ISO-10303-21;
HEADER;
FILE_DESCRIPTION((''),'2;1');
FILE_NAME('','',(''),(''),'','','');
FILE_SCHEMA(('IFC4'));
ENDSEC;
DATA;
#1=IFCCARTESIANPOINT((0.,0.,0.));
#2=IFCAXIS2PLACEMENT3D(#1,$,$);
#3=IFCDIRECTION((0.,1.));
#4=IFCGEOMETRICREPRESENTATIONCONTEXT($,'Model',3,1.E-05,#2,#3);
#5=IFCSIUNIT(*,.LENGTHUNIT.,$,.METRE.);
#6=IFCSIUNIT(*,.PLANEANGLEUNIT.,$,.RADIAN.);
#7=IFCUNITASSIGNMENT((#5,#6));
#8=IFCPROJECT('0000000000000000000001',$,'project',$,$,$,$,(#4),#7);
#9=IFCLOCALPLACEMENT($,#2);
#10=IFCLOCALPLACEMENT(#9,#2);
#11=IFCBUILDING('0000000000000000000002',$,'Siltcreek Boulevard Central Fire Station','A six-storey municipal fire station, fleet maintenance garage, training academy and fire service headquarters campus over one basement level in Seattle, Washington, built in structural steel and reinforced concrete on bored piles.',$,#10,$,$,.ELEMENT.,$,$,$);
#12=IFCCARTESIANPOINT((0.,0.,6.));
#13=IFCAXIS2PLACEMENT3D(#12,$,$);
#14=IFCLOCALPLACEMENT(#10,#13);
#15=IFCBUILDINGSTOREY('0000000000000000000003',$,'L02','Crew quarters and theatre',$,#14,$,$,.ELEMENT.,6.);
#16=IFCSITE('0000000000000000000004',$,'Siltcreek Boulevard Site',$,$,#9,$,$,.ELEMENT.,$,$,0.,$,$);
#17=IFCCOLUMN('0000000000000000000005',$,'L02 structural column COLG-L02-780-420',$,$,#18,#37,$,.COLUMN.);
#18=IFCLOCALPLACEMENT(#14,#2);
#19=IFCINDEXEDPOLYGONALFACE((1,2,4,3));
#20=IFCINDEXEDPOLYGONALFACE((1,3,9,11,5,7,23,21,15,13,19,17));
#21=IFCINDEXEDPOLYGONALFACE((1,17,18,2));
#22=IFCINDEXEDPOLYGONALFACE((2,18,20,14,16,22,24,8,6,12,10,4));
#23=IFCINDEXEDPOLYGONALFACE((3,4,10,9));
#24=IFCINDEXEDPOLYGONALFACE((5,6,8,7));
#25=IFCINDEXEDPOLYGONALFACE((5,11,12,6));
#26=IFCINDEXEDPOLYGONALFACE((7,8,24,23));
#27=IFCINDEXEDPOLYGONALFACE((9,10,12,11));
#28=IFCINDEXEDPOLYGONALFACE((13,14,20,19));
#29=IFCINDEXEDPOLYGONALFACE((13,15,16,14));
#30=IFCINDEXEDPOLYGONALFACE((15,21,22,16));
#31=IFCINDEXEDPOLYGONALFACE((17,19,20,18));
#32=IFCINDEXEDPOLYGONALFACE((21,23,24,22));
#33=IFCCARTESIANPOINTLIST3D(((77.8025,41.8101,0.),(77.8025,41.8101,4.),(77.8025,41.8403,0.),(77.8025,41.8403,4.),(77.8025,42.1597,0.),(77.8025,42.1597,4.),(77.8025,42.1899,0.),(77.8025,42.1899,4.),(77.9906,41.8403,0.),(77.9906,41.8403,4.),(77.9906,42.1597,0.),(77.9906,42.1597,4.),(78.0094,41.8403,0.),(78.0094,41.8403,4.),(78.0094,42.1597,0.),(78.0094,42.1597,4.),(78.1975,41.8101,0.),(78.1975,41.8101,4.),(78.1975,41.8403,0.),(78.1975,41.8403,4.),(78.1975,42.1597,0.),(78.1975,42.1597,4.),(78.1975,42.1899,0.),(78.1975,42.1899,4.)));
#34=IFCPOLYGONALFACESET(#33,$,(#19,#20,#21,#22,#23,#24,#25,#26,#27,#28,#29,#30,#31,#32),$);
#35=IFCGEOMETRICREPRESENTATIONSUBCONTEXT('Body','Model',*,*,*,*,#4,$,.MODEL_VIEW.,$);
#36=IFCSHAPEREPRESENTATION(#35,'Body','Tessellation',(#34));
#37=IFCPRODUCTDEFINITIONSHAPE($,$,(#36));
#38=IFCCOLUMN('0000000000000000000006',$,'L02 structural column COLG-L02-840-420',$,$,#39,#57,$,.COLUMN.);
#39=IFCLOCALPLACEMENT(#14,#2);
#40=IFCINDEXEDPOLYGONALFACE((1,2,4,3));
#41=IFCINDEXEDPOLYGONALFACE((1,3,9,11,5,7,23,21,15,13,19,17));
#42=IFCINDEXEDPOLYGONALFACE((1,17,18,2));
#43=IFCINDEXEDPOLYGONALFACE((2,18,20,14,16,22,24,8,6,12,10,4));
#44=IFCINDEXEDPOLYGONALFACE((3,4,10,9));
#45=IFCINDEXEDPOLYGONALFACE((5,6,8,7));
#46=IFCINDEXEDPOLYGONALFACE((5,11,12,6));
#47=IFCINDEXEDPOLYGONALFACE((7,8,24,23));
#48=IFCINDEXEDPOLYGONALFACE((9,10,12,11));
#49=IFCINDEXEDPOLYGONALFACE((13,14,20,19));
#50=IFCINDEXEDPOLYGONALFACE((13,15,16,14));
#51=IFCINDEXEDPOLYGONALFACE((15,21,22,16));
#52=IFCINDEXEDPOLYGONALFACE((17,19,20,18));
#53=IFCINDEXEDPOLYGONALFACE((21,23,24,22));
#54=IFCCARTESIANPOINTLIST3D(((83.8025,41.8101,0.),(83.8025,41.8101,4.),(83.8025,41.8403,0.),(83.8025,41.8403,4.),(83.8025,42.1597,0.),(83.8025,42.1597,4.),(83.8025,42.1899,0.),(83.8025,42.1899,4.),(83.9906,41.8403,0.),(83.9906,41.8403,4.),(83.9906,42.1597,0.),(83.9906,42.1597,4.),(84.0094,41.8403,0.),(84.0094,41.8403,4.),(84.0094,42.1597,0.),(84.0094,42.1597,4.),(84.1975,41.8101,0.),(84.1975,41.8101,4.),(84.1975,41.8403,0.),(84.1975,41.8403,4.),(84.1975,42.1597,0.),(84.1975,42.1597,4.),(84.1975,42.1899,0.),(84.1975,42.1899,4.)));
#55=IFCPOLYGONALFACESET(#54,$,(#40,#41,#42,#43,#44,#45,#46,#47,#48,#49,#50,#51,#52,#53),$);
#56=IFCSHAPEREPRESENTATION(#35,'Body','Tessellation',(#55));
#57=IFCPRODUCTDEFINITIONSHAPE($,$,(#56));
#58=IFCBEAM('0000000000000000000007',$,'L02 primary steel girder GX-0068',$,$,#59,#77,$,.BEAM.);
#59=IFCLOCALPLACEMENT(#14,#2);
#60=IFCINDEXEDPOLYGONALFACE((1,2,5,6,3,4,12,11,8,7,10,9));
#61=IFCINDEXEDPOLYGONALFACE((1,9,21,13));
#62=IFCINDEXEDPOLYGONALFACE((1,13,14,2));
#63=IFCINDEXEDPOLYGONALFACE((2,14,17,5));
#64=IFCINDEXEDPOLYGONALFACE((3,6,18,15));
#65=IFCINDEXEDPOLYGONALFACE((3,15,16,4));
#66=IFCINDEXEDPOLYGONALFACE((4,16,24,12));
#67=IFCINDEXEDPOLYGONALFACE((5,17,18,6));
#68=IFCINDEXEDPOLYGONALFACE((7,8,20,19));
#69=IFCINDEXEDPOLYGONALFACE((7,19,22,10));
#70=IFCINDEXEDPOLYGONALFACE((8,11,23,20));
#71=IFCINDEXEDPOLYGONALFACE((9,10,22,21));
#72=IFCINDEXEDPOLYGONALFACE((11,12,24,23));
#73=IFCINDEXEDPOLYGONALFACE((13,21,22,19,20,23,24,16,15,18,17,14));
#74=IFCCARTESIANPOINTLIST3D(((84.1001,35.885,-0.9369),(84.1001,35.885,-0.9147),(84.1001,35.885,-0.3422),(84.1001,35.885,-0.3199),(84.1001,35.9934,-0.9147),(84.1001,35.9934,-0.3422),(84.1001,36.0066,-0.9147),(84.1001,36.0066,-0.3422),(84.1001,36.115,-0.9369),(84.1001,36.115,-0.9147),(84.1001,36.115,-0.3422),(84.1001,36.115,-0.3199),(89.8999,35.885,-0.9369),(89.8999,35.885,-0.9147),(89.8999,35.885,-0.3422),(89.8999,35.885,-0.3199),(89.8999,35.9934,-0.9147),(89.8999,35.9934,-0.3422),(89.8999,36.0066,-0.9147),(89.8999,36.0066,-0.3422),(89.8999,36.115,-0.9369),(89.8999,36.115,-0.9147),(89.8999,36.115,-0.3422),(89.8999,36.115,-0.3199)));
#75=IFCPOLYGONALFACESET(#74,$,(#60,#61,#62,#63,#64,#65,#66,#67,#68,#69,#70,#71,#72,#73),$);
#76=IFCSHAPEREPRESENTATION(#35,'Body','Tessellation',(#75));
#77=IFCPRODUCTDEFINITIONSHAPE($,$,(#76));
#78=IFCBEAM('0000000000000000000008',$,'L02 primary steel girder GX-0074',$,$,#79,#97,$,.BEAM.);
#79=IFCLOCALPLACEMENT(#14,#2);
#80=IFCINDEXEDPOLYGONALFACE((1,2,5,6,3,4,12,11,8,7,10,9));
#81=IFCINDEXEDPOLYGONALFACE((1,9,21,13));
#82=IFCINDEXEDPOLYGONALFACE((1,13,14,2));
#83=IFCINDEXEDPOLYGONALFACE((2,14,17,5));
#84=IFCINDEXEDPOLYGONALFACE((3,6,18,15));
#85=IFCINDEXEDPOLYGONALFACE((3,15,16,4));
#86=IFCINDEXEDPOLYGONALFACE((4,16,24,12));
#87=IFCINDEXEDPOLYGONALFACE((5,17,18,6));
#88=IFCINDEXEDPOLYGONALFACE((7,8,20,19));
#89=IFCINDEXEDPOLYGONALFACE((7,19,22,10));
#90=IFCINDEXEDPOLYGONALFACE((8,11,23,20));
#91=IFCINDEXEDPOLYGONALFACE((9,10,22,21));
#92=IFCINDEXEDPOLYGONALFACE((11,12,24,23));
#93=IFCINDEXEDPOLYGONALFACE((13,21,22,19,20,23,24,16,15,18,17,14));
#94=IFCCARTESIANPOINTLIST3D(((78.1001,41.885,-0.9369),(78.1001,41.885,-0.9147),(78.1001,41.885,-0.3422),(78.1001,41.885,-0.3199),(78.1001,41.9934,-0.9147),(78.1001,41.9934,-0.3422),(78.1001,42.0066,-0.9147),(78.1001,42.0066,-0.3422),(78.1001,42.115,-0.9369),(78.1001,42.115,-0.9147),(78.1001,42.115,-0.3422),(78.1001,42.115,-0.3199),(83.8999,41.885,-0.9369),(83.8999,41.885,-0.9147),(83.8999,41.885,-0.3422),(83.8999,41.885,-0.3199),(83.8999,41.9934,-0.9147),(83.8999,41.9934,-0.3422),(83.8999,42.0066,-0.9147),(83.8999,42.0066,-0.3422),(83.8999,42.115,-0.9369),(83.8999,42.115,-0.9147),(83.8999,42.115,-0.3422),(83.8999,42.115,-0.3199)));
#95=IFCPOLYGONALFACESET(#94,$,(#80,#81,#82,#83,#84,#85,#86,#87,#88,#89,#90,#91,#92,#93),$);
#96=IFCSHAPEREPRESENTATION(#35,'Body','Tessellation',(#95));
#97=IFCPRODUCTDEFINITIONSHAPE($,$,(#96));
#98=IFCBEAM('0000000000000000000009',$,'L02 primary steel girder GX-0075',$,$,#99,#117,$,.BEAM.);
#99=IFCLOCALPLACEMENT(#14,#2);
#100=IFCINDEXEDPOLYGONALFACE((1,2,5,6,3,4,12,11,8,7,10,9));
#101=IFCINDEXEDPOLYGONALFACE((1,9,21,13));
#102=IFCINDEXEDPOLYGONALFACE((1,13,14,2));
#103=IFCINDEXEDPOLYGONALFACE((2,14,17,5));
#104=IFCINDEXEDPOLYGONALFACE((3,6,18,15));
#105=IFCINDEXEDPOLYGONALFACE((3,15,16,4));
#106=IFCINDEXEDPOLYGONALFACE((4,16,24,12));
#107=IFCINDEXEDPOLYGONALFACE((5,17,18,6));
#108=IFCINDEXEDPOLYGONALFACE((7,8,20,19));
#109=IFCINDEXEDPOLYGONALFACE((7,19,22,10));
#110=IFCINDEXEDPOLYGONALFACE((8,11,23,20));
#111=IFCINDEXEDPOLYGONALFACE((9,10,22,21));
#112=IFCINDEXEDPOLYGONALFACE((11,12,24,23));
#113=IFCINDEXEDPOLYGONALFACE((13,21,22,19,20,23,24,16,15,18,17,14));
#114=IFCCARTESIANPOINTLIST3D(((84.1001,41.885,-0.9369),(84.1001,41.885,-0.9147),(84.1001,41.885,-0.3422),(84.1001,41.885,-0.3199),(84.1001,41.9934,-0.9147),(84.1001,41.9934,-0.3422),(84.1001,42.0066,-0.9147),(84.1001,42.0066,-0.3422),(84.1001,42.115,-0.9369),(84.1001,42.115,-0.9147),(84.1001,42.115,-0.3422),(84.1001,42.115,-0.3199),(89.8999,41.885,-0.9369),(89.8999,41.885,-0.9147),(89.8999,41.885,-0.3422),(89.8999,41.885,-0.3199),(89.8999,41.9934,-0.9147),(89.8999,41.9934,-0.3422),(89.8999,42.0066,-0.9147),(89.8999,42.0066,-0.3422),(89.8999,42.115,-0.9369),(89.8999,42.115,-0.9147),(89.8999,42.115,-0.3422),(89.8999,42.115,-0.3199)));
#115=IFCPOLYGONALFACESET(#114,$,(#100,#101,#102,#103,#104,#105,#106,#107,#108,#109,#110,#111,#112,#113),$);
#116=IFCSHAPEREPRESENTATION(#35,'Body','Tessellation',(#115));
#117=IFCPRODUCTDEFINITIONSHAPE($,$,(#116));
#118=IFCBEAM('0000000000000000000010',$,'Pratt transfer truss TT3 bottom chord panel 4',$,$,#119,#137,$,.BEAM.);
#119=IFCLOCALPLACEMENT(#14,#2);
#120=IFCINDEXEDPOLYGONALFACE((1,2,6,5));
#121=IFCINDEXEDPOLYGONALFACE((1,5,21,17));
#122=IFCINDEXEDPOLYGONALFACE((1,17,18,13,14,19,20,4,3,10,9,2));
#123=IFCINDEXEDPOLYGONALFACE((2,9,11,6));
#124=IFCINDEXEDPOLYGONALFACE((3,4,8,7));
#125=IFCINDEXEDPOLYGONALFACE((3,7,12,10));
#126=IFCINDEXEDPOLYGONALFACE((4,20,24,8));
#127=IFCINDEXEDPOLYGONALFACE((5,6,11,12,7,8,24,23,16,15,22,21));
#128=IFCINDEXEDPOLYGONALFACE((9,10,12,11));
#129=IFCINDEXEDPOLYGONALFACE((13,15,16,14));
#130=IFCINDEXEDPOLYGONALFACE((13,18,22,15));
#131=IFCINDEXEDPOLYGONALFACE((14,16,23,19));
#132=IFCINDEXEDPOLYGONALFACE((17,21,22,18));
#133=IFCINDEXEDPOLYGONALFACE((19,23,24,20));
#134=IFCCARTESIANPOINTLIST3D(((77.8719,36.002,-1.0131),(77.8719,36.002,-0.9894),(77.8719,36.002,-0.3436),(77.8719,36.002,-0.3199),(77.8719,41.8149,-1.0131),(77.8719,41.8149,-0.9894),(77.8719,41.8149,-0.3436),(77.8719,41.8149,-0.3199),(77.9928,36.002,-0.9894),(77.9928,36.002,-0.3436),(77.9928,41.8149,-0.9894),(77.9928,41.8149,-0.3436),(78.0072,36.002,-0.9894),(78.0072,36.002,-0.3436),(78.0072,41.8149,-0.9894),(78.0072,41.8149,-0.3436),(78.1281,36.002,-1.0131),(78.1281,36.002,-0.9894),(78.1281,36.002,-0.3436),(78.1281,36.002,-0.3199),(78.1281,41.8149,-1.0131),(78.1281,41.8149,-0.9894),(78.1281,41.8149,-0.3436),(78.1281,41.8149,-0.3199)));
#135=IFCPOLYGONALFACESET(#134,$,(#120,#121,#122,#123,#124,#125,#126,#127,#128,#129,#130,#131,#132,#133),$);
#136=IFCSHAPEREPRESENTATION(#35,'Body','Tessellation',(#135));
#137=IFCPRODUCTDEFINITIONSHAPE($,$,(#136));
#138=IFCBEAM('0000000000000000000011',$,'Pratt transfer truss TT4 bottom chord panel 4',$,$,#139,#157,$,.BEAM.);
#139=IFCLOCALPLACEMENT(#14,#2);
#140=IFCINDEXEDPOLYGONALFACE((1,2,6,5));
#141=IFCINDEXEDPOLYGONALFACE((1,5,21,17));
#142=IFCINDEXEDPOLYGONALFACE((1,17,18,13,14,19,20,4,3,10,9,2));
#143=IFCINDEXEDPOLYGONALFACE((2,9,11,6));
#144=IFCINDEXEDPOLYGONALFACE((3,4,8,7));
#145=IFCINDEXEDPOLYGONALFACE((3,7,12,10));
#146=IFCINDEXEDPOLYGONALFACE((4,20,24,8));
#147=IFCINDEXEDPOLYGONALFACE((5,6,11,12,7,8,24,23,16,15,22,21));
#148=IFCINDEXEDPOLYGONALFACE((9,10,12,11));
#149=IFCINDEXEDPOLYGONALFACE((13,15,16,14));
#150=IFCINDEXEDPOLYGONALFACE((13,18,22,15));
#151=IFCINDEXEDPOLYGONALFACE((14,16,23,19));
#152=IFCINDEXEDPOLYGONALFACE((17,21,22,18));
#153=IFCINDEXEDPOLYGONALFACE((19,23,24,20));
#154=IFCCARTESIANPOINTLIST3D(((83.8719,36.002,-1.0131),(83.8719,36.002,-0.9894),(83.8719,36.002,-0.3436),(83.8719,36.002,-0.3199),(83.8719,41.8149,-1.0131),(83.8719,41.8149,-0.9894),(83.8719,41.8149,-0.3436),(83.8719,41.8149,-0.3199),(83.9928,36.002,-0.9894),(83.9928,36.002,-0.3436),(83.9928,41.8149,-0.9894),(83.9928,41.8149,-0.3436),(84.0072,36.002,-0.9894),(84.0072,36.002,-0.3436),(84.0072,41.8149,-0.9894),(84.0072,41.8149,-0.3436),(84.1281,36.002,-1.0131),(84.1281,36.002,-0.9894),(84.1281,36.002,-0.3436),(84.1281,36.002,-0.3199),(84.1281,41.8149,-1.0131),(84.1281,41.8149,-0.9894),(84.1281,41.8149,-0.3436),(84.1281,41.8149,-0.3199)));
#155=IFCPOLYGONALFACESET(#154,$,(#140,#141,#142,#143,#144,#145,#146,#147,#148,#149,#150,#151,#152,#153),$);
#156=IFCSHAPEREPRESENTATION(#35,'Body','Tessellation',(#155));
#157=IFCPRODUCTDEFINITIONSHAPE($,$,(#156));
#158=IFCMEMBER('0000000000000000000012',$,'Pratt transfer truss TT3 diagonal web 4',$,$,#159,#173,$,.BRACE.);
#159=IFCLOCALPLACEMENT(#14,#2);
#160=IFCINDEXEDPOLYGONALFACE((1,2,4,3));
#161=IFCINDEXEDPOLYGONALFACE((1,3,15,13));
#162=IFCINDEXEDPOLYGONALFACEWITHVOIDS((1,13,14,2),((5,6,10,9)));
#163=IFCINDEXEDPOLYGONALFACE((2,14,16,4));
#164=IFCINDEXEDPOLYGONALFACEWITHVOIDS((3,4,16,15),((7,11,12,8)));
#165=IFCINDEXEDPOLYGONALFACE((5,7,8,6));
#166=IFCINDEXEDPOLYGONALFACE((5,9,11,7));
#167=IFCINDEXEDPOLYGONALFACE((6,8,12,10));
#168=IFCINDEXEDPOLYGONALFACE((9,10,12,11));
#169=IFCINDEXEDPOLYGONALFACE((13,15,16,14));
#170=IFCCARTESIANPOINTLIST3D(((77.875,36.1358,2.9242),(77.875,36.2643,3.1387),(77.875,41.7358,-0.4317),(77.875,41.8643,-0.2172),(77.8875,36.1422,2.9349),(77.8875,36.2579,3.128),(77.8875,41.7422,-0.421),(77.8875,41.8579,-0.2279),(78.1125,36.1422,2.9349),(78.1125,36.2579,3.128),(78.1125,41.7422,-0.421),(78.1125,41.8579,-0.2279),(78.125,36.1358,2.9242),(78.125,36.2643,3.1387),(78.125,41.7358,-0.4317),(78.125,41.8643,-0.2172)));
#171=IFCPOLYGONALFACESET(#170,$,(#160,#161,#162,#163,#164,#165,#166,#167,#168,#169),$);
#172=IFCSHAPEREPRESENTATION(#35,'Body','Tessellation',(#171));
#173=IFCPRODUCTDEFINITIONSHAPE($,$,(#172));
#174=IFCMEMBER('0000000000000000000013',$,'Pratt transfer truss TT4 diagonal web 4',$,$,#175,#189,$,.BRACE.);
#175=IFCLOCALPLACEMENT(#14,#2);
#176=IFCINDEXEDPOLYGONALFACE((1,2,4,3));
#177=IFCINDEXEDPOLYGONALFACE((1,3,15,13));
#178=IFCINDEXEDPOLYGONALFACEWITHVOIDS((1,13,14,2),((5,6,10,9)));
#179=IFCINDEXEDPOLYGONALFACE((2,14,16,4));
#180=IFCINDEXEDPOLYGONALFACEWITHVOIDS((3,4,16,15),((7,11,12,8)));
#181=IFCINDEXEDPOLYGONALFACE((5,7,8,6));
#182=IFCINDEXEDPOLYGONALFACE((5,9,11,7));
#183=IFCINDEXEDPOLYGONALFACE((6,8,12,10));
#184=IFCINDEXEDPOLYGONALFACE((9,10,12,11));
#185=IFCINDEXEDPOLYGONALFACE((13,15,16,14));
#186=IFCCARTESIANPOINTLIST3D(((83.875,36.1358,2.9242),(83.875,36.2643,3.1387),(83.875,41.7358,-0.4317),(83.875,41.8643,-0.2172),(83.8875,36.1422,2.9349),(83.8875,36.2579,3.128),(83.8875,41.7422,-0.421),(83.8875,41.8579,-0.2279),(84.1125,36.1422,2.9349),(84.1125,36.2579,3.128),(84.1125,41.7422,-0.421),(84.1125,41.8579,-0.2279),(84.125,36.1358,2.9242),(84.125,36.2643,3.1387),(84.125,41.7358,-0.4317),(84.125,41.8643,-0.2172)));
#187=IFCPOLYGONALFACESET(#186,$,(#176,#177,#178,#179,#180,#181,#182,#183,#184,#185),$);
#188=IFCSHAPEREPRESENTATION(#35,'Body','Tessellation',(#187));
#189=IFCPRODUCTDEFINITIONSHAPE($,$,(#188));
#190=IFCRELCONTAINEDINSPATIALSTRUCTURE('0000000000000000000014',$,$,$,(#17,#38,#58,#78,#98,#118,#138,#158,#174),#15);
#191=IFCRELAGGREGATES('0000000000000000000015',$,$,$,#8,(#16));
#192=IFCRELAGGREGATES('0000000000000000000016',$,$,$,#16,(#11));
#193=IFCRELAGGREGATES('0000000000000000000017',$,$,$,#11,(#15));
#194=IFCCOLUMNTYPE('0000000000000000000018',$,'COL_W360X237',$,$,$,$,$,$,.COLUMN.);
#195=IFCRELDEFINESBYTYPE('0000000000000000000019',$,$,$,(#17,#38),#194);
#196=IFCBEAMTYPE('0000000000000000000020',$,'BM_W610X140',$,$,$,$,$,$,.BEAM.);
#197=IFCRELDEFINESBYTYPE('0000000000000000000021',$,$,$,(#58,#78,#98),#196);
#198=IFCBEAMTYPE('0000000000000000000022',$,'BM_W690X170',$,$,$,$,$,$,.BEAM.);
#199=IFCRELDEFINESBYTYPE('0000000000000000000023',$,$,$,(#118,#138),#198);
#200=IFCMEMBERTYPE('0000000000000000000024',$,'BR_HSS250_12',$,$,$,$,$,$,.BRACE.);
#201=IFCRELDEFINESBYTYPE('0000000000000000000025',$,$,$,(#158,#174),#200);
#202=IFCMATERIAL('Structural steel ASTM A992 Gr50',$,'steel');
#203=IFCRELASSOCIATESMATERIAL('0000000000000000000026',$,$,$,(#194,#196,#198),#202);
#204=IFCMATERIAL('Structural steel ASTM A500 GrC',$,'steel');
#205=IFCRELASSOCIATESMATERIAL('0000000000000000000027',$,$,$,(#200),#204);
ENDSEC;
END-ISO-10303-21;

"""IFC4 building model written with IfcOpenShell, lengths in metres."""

from ifc_helpers import new_model, si_unit, direction, frame, origin, origin_2d, place, context, subcontext, project, spatial, hollow_rectangle, i_section, extrude, material, material_profile, profile_set, type_object, element, save


model = new_model("IFC4")

# Units and contexts
model_context = context("Model", 3, precision=1e-05, world=origin(), true_north=direction((0.0, 1.0)))
body_context = subcontext(model_context, "Body", "Model", "MODEL_VIEW")
ifc_project = project(units=[si_unit("LENGTHUNIT", "METRE"), si_unit("PLANEANGLEUNIT", "RADIAN")], contexts=[model_context])

# Site, building, storey
site_placement = place(None, origin())
site = spatial("IfcSite", under=ifc_project, at=site_placement, Name="Siltcreek Boulevard Site", CompositionType="ELEMENT", RefElevation=0.0)
building_placement = place(site_placement, origin())
building = spatial("IfcBuilding", under=site, at=building_placement, Name="Siltcreek Boulevard Central Fire Station", Description="A six-storey municipal fire station, fleet maintenance garage, training academy and fire service headquarters campus over one basement level in Seattle, Washington, built in structural steel and reinforced concrete on bored piles.", CompositionType="ELEMENT")
storey_placement = place(building_placement, frame((0.0, 0.0, 6.0)))
storey = spatial("IfcBuildingStorey", under=building, at=storey_placement, Name="L02", Description="Crew quarters and theatre", CompositionType="ELEMENT", Elevation=6.0)

# Columns
ifc_material_1 = material(Name="Structural steel ASTM A992 Gr50", Category="steel")
ifc_material_profile_1 = material_profile(ifc_material_1, i_section(OverallWidth=0.395, OverallDepth=0.3799, WebThickness=0.0188, FlangeThickness=0.0303, at=origin_2d()), Name="W360X237")
ifc_profile_set_1 = profile_set([ifc_material_profile_1], Name="Structural steel ASTM A992 Gr50")
column_type = type_object("IfcColumnType", Name="COL_W360X237", PredefinedType="COLUMN", material=ifc_profile_set_1)
for number, where, z_axis, x_axis, name in (
    (1, (78.0, 42.0, 0.0), (0.0, 0.0, 1.0), (1.0, 0.0, 0.0), "L02 structural column COLG-L02-780-420"),
    (2, (84.0, 42.0, 0.0), (0.0, 0.0, 1.0), (1.0, 0.0, 0.0), "L02 structural column COLG-L02-840-420"),
):
    element("IfcColumn", number, at=place(storey_placement, frame(where, z_axis=z_axis, x_axis=x_axis)), inside=storey, type_object=column_type, Name=name, PredefinedType="COLUMN", context=body_context, shape_type="SweptSolid", body=[
        extrude(i_section(OverallWidth=0.395, OverallDepth=0.3799, WebThickness=0.0188, FlangeThickness=0.0303, at=origin_2d()), origin(), (0.0, 0.0, 1.0), 4.0),
    ])

# Beams
ifc_material_profile_2 = material_profile(ifc_material_1, i_section(OverallWidth=0.23, OverallDepth=0.6169, WebThickness=0.0132, FlangeThickness=0.0222, at=origin_2d()), Name="W610X140")
ifc_profile_set_2 = profile_set([ifc_material_profile_2], Name="Structural steel ASTM A992 Gr50")
beam_type_1 = type_object("IfcBeamType", Name="BM_W610X140", PredefinedType="BEAM", material=ifc_profile_set_2)
for number, where, z_axis, x_axis, name in (
    (3, (84.1001, 36.0, -0.6284), (1.0, 0.0, 0.0), (0.0, 1.0, 0.0), "L02 primary steel girder GX-0068"),
    (4, (78.1001, 42.0, -0.6284), (1.0, 0.0, 0.0), (0.0, 1.0, 0.0), "L02 primary steel girder GX-0074"),
    (5, (84.1001, 42.0, -0.6284), (1.0, 0.0, 0.0), (0.0, 1.0, 0.0), "L02 primary steel girder GX-0075"),
):
    element("IfcBeam", number, at=place(storey_placement, frame(where, z_axis=z_axis, x_axis=x_axis)), inside=storey, type_object=beam_type_1, Name=name, PredefinedType="BEAM", context=body_context, shape_type="SweptSolid", body=[
        extrude(i_section(OverallWidth=0.23, OverallDepth=0.6169, WebThickness=0.0132, FlangeThickness=0.0222, at=origin_2d()), origin(), (0.0, 0.0, 1.0), 5.7998),
    ])
ifc_material_profile_3 = material_profile(ifc_material_1, i_section(OverallWidth=0.2561, OverallDepth=0.6931, WebThickness=0.0144, FlangeThickness=0.0237, at=origin_2d()), Name="W690X170")
ifc_profile_set_3 = profile_set([ifc_material_profile_3], Name="Structural steel ASTM A992 Gr50")
beam_type_2 = type_object("IfcBeamType", Name="BM_W690X170", PredefinedType="BEAM", material=ifc_profile_set_3)
for number, where, z_axis, x_axis, name in (
    (6, (78.0, 36.002, -0.6665), (0.0, 1.0, 0.0), (-1.0, 0.0, 0.0), "Pratt transfer truss TT3 bottom chord panel 4"),
    (7, (84.0, 36.002, -0.6665), (0.0, 1.0, 0.0), (-1.0, 0.0, 0.0), "Pratt transfer truss TT4 bottom chord panel 4"),
):
    element("IfcBeam", number, at=place(storey_placement, frame(where, z_axis=z_axis, x_axis=x_axis)), inside=storey, type_object=beam_type_2, Name=name, PredefinedType="BEAM", context=body_context, shape_type="SweptSolid", body=[
        extrude(i_section(OverallWidth=0.2561, OverallDepth=0.6931, WebThickness=0.0144, FlangeThickness=0.0237, at=origin_2d()), origin(), (0.0, 0.0, 1.0), 5.813),
    ])

# Members
ifc_material_2 = material(Name="Structural steel ASTM A500 GrC", Category="steel")
ifc_material_profile_4 = material_profile(ifc_material_2, hollow_rectangle(XDim=0.25, YDim=0.25, WallThickness=0.0125, at=origin_2d()), Name="HSS250X250X12.5")
ifc_profile_set_4 = profile_set([ifc_material_profile_4], Name="Structural steel ASTM A500 GrC")
member_type = type_object("IfcMemberType", Name="BR_HSS250_12", PredefinedType="BRACE", material=ifc_profile_set_4)
for number, where, z_axis, x_axis, name in (
    (8, (78.0, 41.8, -0.3245), (0.0, -0.85777, 0.514034), (1.0, 0.0, 0.0), "Pratt transfer truss TT3 diagonal web 4"),
    (9, (84.0, 41.8, -0.3245), (0.0, -0.85777, 0.514034), (1.0, 0.0, 0.0), "Pratt transfer truss TT4 diagonal web 4"),
):
    element("IfcMember", number, at=place(storey_placement, frame(where, z_axis=z_axis, x_axis=x_axis)), inside=storey, type_object=member_type, Name=name, PredefinedType="BRACE", context=body_context, shape_type="SweptSolid", body=[
        extrude(hollow_rectangle(XDim=0.25, YDim=0.25, WallThickness=0.0125, at=origin_2d()), origin(), (0.0, 0.0, 1.0), 6.5286),
    ])

save(model, "model.ifc")
